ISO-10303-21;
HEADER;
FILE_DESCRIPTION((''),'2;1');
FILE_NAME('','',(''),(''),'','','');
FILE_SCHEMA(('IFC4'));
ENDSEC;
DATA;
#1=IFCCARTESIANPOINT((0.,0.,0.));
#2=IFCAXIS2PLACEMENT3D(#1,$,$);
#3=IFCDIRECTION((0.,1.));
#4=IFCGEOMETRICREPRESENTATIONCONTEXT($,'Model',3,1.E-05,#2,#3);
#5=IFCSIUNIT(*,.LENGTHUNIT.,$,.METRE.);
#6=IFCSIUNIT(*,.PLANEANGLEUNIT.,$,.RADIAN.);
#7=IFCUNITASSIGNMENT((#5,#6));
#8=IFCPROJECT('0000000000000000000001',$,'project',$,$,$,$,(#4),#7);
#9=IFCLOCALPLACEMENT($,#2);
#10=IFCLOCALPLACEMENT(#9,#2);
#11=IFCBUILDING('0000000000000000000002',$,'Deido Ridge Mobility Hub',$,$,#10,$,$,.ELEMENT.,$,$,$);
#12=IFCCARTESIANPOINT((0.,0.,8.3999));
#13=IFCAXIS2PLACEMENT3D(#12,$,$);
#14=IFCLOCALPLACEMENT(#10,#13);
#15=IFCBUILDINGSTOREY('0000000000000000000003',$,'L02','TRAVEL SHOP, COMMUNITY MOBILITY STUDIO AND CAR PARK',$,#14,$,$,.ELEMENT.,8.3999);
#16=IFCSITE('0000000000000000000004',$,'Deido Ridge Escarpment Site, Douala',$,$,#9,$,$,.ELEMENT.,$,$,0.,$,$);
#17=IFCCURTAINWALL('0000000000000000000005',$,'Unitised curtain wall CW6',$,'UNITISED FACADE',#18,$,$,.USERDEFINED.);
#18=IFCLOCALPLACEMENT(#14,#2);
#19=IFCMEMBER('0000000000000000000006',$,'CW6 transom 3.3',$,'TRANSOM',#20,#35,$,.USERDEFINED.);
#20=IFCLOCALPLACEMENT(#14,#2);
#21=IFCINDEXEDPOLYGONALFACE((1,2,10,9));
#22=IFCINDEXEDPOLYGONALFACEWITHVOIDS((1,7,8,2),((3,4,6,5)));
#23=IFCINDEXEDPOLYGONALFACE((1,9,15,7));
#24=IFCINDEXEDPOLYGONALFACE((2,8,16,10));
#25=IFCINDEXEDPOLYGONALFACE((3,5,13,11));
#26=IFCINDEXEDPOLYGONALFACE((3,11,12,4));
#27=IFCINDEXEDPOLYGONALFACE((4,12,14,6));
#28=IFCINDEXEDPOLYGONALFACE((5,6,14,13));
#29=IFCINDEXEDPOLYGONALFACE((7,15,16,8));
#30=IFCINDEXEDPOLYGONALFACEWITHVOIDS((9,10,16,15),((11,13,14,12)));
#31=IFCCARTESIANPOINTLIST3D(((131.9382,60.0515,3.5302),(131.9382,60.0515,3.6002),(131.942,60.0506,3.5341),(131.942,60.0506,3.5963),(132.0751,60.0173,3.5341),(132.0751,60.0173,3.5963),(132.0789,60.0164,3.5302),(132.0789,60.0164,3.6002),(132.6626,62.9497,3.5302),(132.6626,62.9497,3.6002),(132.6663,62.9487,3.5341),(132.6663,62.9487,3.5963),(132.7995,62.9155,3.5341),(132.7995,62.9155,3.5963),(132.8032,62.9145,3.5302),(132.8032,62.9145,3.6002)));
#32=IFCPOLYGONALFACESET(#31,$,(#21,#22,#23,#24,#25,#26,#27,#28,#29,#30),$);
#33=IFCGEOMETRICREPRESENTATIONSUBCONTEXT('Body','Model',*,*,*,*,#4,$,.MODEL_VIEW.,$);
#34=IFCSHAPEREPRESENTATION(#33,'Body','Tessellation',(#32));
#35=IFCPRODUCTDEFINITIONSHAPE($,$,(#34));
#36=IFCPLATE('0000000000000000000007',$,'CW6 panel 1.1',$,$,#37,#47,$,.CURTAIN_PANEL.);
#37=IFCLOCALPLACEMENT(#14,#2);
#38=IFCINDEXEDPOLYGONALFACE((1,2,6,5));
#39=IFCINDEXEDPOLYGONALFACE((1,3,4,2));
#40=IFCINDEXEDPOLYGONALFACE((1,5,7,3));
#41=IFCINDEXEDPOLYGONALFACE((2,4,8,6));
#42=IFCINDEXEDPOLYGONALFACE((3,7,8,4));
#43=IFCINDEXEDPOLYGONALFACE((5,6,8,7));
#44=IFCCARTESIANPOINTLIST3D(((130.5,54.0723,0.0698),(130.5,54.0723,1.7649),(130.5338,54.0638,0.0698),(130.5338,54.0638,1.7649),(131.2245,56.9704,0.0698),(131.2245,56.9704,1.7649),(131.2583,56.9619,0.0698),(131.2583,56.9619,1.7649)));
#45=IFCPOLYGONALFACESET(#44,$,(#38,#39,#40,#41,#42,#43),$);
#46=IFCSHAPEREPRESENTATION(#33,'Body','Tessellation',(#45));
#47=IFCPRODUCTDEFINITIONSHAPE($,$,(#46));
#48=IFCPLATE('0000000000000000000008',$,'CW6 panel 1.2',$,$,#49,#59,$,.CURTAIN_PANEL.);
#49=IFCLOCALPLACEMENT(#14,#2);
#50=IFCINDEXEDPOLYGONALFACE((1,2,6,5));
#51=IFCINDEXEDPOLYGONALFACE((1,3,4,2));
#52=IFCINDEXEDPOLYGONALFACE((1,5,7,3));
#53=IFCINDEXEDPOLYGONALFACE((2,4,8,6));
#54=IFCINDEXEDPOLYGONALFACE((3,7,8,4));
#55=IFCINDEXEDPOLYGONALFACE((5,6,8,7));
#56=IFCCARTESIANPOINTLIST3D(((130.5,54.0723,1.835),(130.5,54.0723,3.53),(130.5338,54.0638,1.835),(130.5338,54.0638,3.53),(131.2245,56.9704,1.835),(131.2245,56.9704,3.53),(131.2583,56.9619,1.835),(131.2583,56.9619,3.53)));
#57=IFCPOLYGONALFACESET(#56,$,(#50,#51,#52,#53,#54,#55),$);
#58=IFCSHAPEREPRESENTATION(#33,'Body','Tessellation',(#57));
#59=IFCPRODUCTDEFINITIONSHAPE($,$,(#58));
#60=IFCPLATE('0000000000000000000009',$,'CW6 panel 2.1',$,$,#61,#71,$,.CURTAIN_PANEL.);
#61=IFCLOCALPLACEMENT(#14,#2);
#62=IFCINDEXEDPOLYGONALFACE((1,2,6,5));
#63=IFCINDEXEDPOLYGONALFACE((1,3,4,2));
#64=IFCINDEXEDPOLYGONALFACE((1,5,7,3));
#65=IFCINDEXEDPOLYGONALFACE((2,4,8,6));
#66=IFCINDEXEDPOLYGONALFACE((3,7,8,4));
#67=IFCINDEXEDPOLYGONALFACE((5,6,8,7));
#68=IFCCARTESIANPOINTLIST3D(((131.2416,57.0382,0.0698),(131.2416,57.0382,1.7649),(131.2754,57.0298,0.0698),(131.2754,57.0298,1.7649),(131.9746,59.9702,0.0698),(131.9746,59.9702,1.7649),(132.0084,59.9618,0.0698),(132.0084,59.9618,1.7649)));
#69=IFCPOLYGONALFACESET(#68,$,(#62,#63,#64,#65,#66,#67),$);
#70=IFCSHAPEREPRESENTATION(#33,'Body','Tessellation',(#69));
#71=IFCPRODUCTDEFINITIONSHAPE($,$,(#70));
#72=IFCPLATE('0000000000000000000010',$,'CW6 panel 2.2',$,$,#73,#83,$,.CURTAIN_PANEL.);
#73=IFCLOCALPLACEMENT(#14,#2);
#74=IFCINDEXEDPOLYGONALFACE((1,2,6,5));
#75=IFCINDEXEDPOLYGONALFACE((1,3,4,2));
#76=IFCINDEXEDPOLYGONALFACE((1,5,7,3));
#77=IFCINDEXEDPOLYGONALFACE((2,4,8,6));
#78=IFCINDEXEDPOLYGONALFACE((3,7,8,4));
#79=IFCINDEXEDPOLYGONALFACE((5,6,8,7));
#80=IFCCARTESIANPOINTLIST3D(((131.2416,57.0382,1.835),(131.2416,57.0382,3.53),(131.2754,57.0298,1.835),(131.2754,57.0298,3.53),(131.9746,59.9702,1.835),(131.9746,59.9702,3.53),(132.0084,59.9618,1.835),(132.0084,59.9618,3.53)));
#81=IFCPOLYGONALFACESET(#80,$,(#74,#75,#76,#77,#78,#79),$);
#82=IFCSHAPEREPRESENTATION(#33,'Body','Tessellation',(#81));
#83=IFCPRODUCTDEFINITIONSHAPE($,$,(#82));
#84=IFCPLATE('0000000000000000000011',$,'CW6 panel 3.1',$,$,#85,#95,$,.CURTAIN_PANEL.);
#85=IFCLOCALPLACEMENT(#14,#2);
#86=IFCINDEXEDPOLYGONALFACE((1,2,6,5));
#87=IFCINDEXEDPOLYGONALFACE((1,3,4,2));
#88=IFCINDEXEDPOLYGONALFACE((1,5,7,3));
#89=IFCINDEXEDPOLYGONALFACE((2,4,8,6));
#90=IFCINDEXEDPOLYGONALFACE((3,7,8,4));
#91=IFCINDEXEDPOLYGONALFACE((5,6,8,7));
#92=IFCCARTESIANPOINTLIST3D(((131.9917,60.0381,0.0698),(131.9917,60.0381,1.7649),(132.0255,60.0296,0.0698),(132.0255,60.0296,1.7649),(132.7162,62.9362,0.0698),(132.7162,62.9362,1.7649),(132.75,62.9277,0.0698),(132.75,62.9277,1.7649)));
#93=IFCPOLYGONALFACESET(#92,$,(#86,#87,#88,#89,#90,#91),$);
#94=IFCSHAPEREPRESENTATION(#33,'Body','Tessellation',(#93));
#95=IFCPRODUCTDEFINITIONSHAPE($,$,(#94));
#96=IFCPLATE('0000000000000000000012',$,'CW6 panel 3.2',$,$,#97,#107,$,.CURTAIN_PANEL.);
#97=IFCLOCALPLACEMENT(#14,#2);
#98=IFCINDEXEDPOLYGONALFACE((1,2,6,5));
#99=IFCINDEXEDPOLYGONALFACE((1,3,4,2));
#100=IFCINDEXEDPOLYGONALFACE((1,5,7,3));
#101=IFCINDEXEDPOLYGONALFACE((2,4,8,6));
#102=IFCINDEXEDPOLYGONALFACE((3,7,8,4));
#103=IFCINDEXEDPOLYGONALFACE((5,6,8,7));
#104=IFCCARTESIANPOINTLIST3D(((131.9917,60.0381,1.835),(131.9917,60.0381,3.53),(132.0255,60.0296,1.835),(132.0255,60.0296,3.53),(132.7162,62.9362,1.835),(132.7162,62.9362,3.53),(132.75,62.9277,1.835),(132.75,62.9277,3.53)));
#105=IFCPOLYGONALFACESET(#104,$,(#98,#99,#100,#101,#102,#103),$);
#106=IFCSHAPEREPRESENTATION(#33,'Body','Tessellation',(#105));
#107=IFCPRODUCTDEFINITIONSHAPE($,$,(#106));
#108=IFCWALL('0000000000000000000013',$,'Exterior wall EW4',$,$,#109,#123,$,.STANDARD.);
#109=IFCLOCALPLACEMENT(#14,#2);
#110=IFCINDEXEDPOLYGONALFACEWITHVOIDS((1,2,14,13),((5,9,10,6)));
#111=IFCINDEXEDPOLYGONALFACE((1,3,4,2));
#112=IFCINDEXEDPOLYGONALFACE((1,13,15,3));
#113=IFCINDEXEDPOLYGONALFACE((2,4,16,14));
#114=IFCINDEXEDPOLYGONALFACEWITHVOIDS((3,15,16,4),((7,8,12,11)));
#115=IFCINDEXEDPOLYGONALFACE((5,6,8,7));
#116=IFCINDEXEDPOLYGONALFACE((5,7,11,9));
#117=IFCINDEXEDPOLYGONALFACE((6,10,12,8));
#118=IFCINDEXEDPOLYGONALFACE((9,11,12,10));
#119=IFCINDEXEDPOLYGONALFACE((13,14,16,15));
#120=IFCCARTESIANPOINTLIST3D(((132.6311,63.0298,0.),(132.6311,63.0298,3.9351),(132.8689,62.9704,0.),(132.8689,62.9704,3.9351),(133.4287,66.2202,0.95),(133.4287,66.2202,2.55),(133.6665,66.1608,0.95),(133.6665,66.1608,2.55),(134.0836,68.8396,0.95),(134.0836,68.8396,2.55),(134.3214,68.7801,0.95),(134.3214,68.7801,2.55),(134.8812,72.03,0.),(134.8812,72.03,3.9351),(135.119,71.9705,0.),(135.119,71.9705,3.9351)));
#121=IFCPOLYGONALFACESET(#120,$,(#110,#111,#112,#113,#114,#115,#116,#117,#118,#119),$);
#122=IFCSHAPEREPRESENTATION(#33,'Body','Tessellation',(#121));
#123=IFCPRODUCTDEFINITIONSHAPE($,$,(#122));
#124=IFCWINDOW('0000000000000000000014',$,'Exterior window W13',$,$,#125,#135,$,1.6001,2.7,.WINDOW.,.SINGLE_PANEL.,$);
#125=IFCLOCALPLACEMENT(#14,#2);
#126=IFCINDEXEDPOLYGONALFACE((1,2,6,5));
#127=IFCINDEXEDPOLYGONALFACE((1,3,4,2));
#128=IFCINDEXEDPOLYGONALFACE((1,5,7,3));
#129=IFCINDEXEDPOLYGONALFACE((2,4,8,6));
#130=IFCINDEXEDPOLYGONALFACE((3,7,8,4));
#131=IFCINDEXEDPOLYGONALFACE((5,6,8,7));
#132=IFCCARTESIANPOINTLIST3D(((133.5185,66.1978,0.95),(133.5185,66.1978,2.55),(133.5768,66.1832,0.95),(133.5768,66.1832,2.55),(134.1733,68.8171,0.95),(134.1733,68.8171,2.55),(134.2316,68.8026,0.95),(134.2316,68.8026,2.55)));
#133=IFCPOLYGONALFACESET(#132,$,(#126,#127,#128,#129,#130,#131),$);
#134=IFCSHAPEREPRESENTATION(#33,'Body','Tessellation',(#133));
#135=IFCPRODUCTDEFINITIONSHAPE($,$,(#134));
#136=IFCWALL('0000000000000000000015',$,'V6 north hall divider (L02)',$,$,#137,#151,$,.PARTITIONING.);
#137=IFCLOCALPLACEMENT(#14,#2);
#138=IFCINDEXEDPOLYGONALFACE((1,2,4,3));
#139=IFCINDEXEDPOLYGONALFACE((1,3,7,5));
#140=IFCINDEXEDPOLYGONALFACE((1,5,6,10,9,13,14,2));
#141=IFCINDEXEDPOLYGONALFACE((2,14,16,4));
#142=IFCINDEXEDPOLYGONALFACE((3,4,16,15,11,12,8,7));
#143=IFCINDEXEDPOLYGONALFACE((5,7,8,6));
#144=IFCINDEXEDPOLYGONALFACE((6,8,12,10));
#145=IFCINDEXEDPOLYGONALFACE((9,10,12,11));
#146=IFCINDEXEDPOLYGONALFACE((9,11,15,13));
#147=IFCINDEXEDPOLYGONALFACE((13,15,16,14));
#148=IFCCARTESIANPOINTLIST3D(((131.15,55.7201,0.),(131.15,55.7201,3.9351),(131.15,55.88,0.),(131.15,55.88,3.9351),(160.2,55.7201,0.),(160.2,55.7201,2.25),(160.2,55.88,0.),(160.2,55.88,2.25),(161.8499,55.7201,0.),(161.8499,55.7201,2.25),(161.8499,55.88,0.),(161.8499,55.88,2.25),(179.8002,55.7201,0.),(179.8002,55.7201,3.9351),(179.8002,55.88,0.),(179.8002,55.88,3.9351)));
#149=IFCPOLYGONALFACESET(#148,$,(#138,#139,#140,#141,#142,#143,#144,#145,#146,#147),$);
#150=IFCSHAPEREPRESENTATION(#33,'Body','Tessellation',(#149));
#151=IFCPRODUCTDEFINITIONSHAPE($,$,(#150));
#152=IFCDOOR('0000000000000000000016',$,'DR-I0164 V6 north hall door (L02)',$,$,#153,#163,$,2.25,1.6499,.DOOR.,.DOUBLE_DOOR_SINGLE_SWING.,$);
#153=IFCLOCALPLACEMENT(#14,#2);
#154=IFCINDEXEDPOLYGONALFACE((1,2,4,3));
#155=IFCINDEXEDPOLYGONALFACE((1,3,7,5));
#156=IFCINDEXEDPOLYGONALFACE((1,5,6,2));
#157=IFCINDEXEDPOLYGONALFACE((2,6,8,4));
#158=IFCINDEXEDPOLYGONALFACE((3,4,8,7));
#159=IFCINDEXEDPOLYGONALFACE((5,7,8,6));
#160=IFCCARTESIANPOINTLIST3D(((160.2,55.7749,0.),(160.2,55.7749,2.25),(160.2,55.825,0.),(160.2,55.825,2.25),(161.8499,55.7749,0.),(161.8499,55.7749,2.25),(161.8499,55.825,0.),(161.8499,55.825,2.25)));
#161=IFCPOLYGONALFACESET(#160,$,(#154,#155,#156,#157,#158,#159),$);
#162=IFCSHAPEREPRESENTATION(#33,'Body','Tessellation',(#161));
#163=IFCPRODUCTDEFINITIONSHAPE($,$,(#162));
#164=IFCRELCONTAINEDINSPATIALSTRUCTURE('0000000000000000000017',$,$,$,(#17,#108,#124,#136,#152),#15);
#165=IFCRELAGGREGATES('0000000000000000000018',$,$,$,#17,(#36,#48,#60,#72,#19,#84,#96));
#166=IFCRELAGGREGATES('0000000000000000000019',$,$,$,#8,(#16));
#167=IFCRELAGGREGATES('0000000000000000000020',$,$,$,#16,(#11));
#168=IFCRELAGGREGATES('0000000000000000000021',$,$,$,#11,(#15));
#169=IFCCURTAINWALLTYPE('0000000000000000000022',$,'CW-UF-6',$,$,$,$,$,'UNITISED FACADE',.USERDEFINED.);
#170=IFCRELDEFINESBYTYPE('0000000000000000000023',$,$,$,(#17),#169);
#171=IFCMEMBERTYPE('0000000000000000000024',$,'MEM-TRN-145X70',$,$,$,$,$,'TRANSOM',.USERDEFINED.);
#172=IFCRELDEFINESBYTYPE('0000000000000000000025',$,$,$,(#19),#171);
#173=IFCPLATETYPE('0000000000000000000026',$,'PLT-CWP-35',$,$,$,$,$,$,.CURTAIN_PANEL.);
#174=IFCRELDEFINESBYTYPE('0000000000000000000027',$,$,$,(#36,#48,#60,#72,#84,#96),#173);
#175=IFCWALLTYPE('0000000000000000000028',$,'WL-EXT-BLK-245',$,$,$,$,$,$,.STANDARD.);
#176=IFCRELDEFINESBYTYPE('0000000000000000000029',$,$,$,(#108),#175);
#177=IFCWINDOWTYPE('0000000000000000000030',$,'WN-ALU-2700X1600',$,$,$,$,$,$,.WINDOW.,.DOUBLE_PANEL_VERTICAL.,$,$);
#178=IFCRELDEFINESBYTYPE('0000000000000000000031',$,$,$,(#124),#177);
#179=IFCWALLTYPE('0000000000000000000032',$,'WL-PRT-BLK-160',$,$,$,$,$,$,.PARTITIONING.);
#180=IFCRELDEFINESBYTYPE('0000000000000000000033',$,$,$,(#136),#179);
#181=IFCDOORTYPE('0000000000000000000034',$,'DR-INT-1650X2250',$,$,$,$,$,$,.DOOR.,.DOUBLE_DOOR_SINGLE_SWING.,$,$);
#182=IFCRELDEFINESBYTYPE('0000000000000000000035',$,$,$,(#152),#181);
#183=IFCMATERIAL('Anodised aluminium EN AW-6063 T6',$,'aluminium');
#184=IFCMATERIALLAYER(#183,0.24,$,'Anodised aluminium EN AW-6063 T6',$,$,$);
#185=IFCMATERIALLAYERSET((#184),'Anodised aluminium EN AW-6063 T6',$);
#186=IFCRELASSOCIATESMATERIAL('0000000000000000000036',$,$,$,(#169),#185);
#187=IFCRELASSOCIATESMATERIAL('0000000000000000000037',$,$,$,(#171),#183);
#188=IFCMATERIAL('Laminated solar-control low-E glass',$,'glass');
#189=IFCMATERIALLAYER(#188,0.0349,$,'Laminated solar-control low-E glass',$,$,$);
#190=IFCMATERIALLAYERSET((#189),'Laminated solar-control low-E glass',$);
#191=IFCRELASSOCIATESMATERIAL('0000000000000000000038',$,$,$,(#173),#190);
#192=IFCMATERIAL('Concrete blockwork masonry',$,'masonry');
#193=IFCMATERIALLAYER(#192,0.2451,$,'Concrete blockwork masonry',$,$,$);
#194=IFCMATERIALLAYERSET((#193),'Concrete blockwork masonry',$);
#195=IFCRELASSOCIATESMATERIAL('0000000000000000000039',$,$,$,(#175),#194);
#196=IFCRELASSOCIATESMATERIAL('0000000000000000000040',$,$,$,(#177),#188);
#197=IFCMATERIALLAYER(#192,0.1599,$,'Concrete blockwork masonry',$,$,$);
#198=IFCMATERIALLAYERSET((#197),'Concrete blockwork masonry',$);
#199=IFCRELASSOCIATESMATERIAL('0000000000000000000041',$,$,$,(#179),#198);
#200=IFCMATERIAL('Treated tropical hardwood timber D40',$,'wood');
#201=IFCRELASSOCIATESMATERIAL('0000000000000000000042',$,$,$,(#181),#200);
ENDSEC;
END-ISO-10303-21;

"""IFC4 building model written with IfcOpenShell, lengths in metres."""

from ifc_helpers import new_model, si_unit, direction, frame, frame_2d, origin, origin_2d, place, context, subcontext, project, spatial, rectangle, hollow_rectangle, extrude, material, layer, layer_set, material_profile, profile_set, type_object, element, fill, aggregate, save


model = new_model("IFC4")

# Units and contexts
model_context = context("Model", 3, precision=1e-05, world=origin(), true_north=direction((0.0, 1.0)))
body_context = subcontext(model_context, "Body", "Model", "MODEL_VIEW")
ifc_project = project(units=[si_unit("LENGTHUNIT", "METRE"), si_unit("PLANEANGLEUNIT", "RADIAN")], contexts=[model_context])

# Site, building, storey
site_placement = place(None, origin())
site = spatial("IfcSite", under=ifc_project, at=site_placement, Name="Deido Ridge Escarpment Site, Douala", CompositionType="ELEMENT", RefElevation=0.0)
building_placement = place(site_placement, origin())
building = spatial("IfcBuilding", under=site, at=building_placement, Name="Deido Ridge Mobility Hub", CompositionType="ELEMENT")
storey_placement = place(building_placement, frame((0.0, 0.0, 8.3999)))
storey = spatial("IfcBuildingStorey", under=building, at=storey_placement, Name="L02", Description="TRAVEL SHOP, COMMUNITY MOBILITY STUDIO AND CAR PARK", CompositionType="ELEMENT", Elevation=8.3999)

# Curtain wall, member, plates
ifc_material_1 = material(Name="Anodised aluminium EN AW-6063 T6", Category="aluminium")
ifc_layer_1 = layer(ifc_material_1, 0.24, Name="Anodised aluminium EN AW-6063 T6")
ifc_layer_set_1 = layer_set([ifc_layer_1], Name="Anodised aluminium EN AW-6063 T6")
curtain_wall_type = type_object("IfcCurtainWallType", Name="CW-UF-6", ElementType="UNITISED FACADE", PredefinedType="USERDEFINED", material=ifc_layer_set_1)
curtain_wall_placement = place(storey_placement, origin())
curtain_wall = element("IfcCurtainWall", 1, at=curtain_wall_placement, inside=storey, type_object=curtain_wall_type, Name="Unitised curtain wall CW6", ObjectType="UNITISED FACADE", PredefinedType="USERDEFINED")
ifc_material_profile_1 = material_profile(ifc_material_1, hollow_rectangle(XDim=0.145, YDim=0.0701, WallThickness=0.0039, at=origin_2d()), Name="RHS 145x70x4")
ifc_profile_set_1 = profile_set([ifc_material_profile_1], Name="Anodised aluminium EN AW-6063 T6")
member_type_1 = type_object("IfcMemberType", Name="MEM-TRN-145X70", ElementType="TRANSOM", PredefinedType="USERDEFINED", material=ifc_profile_set_1)
member_1_placement = place(storey_placement, frame((132.0085, 60.0339, 3.5652), z_axis=(0.242478, 0.970157, 0.0), x_axis=(-0.970157, 0.242478, 0.0)))
member_1 = element("IfcMember", 2, at=member_1_placement, type_object=member_type_1, Name="CW6 transom 3.3", ObjectType="TRANSOM", PredefinedType="USERDEFINED", context=body_context, shape_type="SweptSolid", body=[
    extrude(hollow_rectangle(XDim=0.145, YDim=0.0701, WallThickness=0.0039, at=origin_2d()), origin(), (0.0, 0.0, 1.0), 2.9873),
])
ifc_material_2 = material(Name="Laminated solar-control low-E glass", Category="glass")
ifc_layer_2 = layer(ifc_material_2, 0.0349, Name="Laminated solar-control low-E glass")
ifc_layer_set_2 = layer_set([ifc_layer_2], Name="Laminated solar-control low-E glass")
plate_type = type_object("IfcPlateType", Name="PLT-CWP-35", PredefinedType="CURTAIN_PANEL", material=ifc_layer_set_2)
plate_1_placement = place(storey_placement, frame((130.8792, 55.5171, 0.0698), z_axis=(0.0, 0.0, 1.0), x_axis=(0.242536, 0.970143, 0.0)))
plate_1 = element("IfcPlate", 3, at=plate_1_placement, type_object=plate_type, Name="CW6 panel 1.1", PredefinedType="CURTAIN_PANEL", context=body_context, shape_type="SweptSolid", body=[
    extrude(rectangle(XDim=2.9873, YDim=0.0349, at=origin_2d()), origin(), (0.0, 0.0, 1.0), 1.6951),
])
plate_2_placement = place(storey_placement, frame((130.8792, 55.5171, 1.835), z_axis=(0.0, 0.0, 1.0), x_axis=(0.242536, 0.970143, 0.0)))
plate_2 = element("IfcPlate", 4, at=plate_2_placement, type_object=plate_type, Name="CW6 panel 1.2", PredefinedType="CURTAIN_PANEL", context=body_context, shape_type="SweptSolid", body=[
    extrude(rectangle(XDim=2.9873, YDim=0.0349, at=origin_2d()), origin(), (0.0, 0.0, 1.0), 1.6951),
])
plate_3_placement = place(storey_placement, frame((131.625, 58.5, 0.0698), z_axis=(0.0, 0.0, 1.0), x_axis=(0.242536, 0.970143, 0.0)))
plate_3 = element("IfcPlate", 5, at=plate_3_placement, type_object=plate_type, Name="CW6 panel 2.1", PredefinedType="CURTAIN_PANEL", context=body_context, shape_type="SweptSolid", body=[
    extrude(rectangle(XDim=3.0222, YDim=0.0349, at=origin_2d()), origin(), (0.0, 0.0, 1.0), 1.6951),
])
plate_4_placement = place(storey_placement, frame((131.625, 58.5, 1.835), z_axis=(0.0, 0.0, 1.0), x_axis=(0.242536, 0.970143, 0.0)))
plate_4 = element("IfcPlate", 6, at=plate_4_placement, type_object=plate_type, Name="CW6 panel 2.2", PredefinedType="CURTAIN_PANEL", context=body_context, shape_type="SweptSolid", body=[
    extrude(rectangle(XDim=3.0222, YDim=0.0349, at=origin_2d()), origin(), (0.0, 0.0, 1.0), 1.6951),
])
plate_5_placement = place(storey_placement, frame((132.3708, 61.4829, 0.0698), z_axis=(0.0, 0.0, 1.0), x_axis=(0.242536, 0.970143, 0.0)))
plate_5 = element("IfcPlate", 7, at=plate_5_placement, type_object=plate_type, Name="CW6 panel 3.1", PredefinedType="CURTAIN_PANEL", context=body_context, shape_type="SweptSolid", body=[
    extrude(rectangle(XDim=2.9873, YDim=0.0349, at=origin_2d()), origin(), (0.0, 0.0, 1.0), 1.6951),
])
plate_6_placement = place(storey_placement, frame((132.3708, 61.4829, 1.835), z_axis=(0.0, 0.0, 1.0), x_axis=(0.242536, 0.970143, 0.0)))
plate_6 = element("IfcPlate", 8, at=plate_6_placement, type_object=plate_type, Name="CW6 panel 3.2", PredefinedType="CURTAIN_PANEL", context=body_context, shape_type="SweptSolid", body=[
    extrude(rectangle(XDim=2.9873, YDim=0.0349, at=origin_2d()), origin(), (0.0, 0.0, 1.0), 1.6951),
])
aggregate(curtain_wall, [plate_1, plate_2, plate_3, plate_4, member_1, plate_5, plate_6])

# Wall, opening, window
ifc_material_3 = material(Name="Concrete blockwork masonry", Category="masonry")
ifc_layer_3 = layer(ifc_material_3, 0.2451, Name="Concrete blockwork masonry")
ifc_layer_set_3 = layer_set([ifc_layer_3], Name="Concrete blockwork masonry")
wall_type_1 = type_object("IfcWallType", Name="WL-EXT-BLK-245", PredefinedType="STANDARD", material=ifc_layer_set_3)
wall_1_placement = place(storey_placement, frame((132.75, 63.0, 0.0), z_axis=(0.0, 0.0, 1.0), x_axis=(0.242536, 0.970143, 0.0)))
wall_1 = element("IfcWall", 9, at=wall_1_placement, inside=storey, type_object=wall_type_1, Name="Exterior wall EW4", PredefinedType="STANDARD", context=body_context, shape_type="SweptSolid", body=[
    extrude(rectangle(XDim=9.2771, YDim=0.2451, at=frame_2d((4.6387, 0.0))), origin(), (0.0, 0.0, 1.0), 3.9351),
])
opening_1_placement = place(wall_1_placement, frame((3.2886, 0.0, 0.95)))
opening_1 = element("IfcOpeningElement", 10, at=opening_1_placement, cuts=wall_1, PredefinedType="OPENING", context=body_context, shape_type="SweptSolid", body=[
    extrude(rectangle(XDim=2.7, YDim=1.6001, at=frame_2d((1.3501, 0.8))), frame((0.0, 0.1326, 0.0), z_axis=(0.0, -1.0, 0.0), x_axis=(1.0, 0.0, 0.0)), (0.0, 0.0, 1.0), 0.2651),
])
window_type = type_object("IfcWindowType", Name="WN-ALU-2700X1600", PartitioningType="DOUBLE_PANEL_VERTICAL", PredefinedType="WINDOW", material=ifc_material_2)
window_placement = place(opening_1_placement, origin())
window = element("IfcWindow", 11, at=window_placement, inside=storey, type_object=window_type, Name="Exterior window W13", OverallHeight=1.6001, OverallWidth=2.7, PartitioningType="SINGLE_PANEL", PredefinedType="WINDOW", context=body_context, shape_type="SweptSolid", body=[
    extrude(rectangle(XDim=2.7, YDim=1.6001, at=frame_2d((1.3501, 0.8))), frame((0.0, 0.03, 0.0), z_axis=(0.0, -1.0, 0.0), x_axis=(1.0, 0.0, 0.0)), (0.0, 0.0, 1.0), 0.0601),
])
fill(opening_1, window)

# Wall, opening, door
ifc_layer_4 = layer(ifc_material_3, 0.1599, Name="Concrete blockwork masonry")
ifc_layer_set_4 = layer_set([ifc_layer_4], Name="Concrete blockwork masonry")
wall_type_2 = type_object("IfcWallType", Name="WL-PRT-BLK-160", PredefinedType="PARTITIONING", material=ifc_layer_set_4)
wall_2_placement = place(storey_placement, frame((131.1499, 55.8, 0.0), z_axis=(0.0, 0.0, 1.0), x_axis=(1.0, 0.0, 0.0)))
wall_2 = element("IfcWall", 12, at=wall_2_placement, inside=storey, type_object=wall_type_2, Name="V6 north hall divider (L02)", PredefinedType="PARTITIONING", context=body_context, shape_type="SweptSolid", body=[
    extrude(rectangle(XDim=48.6501, YDim=0.1599, at=frame_2d((24.3252, 0.0))), origin(), (0.0, 0.0, 1.0), 3.9351),
])
opening_2_placement = place(wall_2_placement, frame((29.05, 0.0, 0.0)))
opening_2 = element("IfcOpeningElement", 13, at=opening_2_placement, cuts=wall_2, PredefinedType="OPENING", context=body_context, shape_type="SweptSolid", body=[
    extrude(rectangle(XDim=1.6499, YDim=2.25, at=frame_2d((0.825, 1.125))), frame((0.0, 0.0898, 0.0), z_axis=(0.0, -1.0, 0.0), x_axis=(1.0, 0.0, 0.0)), (0.0, 0.0, 1.0), 0.1799),
])
ifc_material_4 = material(Name="Treated tropical hardwood timber D40", Category="wood")
door_type = type_object("IfcDoorType", Name="DR-INT-1650X2250", OperationType="DOUBLE_DOOR_SINGLE_SWING", PredefinedType="DOOR", material=ifc_material_4)
door_placement = place(opening_2_placement, origin())
door = element("IfcDoor", 14, at=door_placement, inside=storey, type_object=door_type, Name="DR-I0164 V6 north hall door (L02)", OperationType="DOUBLE_DOOR_SINGLE_SWING", OverallHeight=2.25, OverallWidth=1.6499, PredefinedType="DOOR", context=body_context, shape_type="SweptSolid", body=[
    extrude(rectangle(XDim=1.6499, YDim=2.25, at=frame_2d((0.825, 1.125))), frame((0.0, 0.0249, 0.0), z_axis=(0.0, -1.0, 0.0), x_axis=(1.0, 0.0, 0.0)), (0.0, 0.0, 1.0), 0.05),
])
fill(opening_2, door)

save(model, "model.ifc")
